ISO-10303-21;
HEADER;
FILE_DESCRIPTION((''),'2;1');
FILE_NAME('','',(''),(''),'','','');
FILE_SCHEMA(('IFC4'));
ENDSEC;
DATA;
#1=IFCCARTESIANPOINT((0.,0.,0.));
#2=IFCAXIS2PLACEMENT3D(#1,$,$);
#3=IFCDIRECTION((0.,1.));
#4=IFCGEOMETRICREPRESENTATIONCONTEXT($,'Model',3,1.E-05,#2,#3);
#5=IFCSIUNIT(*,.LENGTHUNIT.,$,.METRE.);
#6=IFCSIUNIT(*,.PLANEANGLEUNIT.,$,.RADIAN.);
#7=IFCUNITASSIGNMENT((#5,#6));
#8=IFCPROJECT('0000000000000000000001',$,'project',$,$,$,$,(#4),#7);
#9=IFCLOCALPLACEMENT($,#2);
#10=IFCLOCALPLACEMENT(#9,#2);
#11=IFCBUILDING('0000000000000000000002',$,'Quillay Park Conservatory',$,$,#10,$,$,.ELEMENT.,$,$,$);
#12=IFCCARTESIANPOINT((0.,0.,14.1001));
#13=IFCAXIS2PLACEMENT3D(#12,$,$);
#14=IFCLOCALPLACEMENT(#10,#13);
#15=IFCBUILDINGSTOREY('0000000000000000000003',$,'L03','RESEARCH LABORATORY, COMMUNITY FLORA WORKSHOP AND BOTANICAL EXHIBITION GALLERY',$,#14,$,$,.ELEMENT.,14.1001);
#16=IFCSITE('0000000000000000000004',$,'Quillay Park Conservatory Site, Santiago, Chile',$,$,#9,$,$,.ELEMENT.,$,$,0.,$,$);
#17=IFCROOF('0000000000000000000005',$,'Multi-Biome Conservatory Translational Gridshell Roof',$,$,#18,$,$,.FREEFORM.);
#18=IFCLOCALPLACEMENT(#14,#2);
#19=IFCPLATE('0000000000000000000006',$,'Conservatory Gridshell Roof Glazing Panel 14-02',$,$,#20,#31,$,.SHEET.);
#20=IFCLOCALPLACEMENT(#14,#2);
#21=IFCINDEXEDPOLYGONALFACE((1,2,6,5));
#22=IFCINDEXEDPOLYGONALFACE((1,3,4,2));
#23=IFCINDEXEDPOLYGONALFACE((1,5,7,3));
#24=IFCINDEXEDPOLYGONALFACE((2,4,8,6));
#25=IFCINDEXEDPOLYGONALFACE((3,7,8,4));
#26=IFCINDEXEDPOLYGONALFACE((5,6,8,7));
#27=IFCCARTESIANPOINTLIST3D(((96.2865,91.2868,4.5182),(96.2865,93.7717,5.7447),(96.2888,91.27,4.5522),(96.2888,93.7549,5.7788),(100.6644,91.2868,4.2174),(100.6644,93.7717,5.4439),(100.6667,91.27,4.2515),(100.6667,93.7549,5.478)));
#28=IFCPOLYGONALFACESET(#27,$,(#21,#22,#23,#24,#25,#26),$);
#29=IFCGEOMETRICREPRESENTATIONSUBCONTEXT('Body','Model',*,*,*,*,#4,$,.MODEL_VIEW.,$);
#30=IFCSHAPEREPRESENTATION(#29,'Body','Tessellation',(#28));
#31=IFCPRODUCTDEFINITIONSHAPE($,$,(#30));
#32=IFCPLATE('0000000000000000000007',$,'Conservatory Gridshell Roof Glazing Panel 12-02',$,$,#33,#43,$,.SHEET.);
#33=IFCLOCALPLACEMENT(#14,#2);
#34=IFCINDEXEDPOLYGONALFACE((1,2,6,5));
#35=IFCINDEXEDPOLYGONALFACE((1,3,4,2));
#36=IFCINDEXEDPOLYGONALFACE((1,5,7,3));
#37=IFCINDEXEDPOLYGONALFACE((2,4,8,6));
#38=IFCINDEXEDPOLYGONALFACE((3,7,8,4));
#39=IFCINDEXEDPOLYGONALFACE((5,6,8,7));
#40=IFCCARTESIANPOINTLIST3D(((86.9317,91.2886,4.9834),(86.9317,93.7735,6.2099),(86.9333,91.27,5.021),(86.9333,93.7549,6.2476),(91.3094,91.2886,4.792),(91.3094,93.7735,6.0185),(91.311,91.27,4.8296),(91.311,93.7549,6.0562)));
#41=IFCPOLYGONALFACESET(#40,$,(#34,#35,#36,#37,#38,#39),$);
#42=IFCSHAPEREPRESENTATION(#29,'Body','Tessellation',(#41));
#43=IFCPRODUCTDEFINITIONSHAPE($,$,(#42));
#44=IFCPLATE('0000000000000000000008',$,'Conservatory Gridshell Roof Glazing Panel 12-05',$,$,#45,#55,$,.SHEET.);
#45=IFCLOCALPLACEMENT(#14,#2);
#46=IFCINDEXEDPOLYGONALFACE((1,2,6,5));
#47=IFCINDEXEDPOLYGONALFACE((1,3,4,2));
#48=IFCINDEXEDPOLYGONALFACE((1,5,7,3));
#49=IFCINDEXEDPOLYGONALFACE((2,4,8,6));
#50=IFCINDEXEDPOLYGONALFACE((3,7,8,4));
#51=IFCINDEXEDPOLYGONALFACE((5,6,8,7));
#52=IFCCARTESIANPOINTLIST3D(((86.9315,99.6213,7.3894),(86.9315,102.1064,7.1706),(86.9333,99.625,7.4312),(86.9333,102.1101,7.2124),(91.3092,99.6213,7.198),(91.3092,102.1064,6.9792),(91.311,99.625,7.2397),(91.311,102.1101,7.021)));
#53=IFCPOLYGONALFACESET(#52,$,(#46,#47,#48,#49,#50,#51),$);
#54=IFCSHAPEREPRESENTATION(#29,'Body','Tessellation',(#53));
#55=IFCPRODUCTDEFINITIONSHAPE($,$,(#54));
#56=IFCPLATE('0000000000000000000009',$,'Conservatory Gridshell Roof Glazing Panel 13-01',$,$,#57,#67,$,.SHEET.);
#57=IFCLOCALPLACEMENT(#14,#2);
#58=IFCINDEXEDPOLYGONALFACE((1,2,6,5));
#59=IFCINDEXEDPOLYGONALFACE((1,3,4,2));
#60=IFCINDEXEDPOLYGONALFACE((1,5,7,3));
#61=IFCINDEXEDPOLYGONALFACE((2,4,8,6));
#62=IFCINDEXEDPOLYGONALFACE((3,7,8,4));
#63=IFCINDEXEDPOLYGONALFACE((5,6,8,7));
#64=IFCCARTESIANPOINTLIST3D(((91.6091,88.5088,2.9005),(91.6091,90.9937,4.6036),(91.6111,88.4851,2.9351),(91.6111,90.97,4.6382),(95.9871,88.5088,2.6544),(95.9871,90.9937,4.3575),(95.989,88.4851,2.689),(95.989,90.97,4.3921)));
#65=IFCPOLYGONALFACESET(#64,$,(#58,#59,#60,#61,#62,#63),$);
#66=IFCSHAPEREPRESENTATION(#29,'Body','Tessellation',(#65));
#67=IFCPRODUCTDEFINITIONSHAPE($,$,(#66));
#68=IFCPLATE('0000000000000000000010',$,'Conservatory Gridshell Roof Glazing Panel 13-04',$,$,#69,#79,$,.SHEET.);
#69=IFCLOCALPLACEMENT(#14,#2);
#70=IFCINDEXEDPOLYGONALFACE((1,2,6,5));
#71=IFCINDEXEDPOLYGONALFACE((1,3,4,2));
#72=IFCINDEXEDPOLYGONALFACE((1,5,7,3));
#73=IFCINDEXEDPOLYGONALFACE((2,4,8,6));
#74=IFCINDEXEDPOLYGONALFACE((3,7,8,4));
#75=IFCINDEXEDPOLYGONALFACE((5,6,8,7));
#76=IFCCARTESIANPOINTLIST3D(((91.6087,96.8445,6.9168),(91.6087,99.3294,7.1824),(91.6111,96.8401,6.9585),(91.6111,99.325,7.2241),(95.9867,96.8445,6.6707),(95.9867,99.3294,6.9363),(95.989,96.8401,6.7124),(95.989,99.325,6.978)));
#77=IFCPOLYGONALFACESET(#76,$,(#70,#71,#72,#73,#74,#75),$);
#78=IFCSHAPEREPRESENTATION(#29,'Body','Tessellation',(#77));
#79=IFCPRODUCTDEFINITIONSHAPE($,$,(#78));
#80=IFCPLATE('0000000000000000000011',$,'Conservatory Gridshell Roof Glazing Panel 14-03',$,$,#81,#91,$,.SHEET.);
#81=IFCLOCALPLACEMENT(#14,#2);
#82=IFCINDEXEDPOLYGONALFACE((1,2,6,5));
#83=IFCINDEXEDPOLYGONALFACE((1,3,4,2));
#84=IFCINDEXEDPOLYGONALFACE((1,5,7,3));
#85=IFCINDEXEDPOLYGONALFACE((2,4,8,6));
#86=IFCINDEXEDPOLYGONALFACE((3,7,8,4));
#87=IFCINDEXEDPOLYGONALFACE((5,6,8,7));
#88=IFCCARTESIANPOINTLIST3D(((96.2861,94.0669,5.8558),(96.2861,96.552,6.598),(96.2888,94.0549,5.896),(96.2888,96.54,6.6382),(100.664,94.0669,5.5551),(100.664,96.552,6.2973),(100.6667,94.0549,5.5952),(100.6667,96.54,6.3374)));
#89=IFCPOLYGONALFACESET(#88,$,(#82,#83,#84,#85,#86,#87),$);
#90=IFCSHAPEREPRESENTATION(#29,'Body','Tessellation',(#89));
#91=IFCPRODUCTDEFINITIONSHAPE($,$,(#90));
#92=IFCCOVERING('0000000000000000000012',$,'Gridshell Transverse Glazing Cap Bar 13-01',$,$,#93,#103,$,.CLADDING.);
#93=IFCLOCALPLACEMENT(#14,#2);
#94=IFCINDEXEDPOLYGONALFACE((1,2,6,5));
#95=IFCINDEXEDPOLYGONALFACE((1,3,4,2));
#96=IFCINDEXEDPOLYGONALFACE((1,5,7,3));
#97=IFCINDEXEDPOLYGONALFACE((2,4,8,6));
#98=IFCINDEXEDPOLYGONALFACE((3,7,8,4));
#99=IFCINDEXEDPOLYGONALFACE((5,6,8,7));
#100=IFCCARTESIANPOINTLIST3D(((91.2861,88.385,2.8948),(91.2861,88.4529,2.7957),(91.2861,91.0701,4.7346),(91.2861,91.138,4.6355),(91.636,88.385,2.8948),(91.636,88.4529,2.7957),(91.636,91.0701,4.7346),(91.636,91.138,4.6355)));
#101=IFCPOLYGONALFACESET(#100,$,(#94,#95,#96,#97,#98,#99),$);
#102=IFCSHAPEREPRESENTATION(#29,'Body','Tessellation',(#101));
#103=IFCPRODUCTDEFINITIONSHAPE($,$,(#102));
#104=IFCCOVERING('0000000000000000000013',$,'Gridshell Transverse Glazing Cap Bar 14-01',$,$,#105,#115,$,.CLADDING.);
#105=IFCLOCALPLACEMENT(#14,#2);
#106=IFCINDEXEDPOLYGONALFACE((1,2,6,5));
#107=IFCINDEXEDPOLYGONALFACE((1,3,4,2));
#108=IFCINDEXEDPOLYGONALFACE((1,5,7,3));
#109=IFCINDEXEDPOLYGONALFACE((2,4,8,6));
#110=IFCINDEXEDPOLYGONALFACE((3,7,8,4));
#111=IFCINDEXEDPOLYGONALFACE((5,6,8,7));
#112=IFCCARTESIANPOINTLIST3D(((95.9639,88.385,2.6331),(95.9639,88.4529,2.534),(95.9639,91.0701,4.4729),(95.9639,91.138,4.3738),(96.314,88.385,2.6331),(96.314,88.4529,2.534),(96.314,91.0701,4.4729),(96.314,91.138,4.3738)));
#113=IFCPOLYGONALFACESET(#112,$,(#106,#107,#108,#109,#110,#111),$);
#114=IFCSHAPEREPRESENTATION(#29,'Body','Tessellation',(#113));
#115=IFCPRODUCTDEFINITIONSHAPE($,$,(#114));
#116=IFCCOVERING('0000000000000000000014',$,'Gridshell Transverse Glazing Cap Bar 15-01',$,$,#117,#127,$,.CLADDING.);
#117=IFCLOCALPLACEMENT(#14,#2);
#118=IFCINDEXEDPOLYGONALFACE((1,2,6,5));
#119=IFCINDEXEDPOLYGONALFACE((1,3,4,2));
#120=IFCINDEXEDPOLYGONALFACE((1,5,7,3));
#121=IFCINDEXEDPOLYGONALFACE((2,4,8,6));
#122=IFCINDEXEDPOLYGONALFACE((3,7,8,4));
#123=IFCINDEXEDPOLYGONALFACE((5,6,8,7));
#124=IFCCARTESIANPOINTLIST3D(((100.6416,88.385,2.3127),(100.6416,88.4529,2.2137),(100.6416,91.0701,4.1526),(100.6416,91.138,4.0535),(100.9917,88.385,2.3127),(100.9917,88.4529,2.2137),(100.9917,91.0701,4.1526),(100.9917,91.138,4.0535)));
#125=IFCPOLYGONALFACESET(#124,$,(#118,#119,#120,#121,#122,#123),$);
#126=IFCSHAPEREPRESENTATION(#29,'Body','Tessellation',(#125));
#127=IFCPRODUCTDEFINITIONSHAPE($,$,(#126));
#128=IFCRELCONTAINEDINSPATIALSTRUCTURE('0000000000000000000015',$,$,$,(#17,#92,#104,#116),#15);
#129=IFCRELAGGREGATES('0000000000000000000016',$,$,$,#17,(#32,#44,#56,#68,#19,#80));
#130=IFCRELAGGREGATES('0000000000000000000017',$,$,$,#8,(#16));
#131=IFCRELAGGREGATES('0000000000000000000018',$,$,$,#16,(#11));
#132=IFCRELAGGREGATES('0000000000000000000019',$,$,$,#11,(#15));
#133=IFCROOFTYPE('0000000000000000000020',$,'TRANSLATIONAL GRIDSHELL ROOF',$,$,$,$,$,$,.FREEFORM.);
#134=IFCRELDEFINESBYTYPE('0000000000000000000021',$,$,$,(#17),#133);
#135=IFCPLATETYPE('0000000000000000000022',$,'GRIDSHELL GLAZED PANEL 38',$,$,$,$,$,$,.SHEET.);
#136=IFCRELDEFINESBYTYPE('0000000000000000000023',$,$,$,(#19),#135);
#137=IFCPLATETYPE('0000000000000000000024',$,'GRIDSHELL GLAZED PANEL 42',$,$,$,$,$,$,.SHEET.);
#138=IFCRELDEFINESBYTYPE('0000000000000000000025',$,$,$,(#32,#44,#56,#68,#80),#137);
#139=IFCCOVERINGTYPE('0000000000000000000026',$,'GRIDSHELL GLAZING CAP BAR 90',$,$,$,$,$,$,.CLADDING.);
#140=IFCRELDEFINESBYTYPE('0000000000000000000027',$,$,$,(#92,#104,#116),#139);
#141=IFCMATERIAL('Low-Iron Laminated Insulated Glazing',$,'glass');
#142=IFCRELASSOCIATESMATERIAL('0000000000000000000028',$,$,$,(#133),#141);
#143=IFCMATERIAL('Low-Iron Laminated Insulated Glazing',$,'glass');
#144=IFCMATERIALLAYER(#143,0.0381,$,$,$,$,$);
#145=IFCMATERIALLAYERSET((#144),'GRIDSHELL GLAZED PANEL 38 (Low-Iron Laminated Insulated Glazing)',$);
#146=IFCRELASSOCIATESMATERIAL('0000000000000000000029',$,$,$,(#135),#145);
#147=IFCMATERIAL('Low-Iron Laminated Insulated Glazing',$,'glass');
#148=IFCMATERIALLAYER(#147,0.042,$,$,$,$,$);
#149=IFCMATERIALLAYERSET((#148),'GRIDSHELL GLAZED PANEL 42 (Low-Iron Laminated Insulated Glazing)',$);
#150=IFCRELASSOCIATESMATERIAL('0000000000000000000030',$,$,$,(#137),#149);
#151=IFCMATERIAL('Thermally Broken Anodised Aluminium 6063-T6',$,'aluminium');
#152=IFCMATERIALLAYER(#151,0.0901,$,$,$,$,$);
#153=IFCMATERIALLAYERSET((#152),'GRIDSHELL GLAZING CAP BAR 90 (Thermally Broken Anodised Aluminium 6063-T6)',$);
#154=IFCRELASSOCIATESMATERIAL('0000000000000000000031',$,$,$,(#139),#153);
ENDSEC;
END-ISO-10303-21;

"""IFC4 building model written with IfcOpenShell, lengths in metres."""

from ifc_helpers import new_model, si_unit, direction, frame, origin, place, context, subcontext, project, spatial, polyline, outline, extrude, material, layer, layer_set, type_object, element, aggregate, save


model = new_model("IFC4")

# Units and contexts
model_context = context("Model", 3, precision=1e-05, world=origin(), true_north=direction((0.0, 1.0)))
body_context = subcontext(model_context, "Body", "Model", "MODEL_VIEW")
ifc_project = project(units=[si_unit("LENGTHUNIT", "METRE"), si_unit("PLANEANGLEUNIT", "RADIAN")], contexts=[model_context])

# Site, building, storey
site_placement = place(None, origin())
site = spatial("IfcSite", under=ifc_project, at=site_placement, Name="Quillay Park Conservatory Site, Santiago, Chile", CompositionType="ELEMENT", RefElevation=0.0)
building_placement = place(site_placement, origin())
building = spatial("IfcBuilding", under=site, at=building_placement, Name="Quillay Park Conservatory", CompositionType="ELEMENT")
storey_placement = place(building_placement, frame((0.0, 0.0, 14.1001)))
storey = spatial("IfcBuildingStorey", under=building, at=storey_placement, Name="L03", Description="RESEARCH LABORATORY, COMMUNITY FLORA WORKSHOP AND BOTANICAL EXHIBITION GALLERY", CompositionType="ELEMENT", Elevation=14.1001)

# Roof, plates
ifc_material_1 = material(Name="Low-Iron Laminated Insulated Glazing", Category="glass")
roof_type = type_object("IfcRoofType", Name="TRANSLATIONAL GRIDSHELL ROOF", PredefinedType="FREEFORM", material=ifc_material_1)
roof_placement = place(storey_placement, origin())
roof = element("IfcRoof", 1, at=roof_placement, inside=storey, type_object=roof_type, Name="Multi-Biome Conservatory Translational Gridshell Roof", PredefinedType="FREEFORM")
ifc_material_2 = material(Name="Low-Iron Laminated Insulated Glazing", Category="glass")
ifc_layer_1 = layer(ifc_material_2, 0.0381)
ifc_layer_set_1 = layer_set([ifc_layer_1], Name="GRIDSHELL GLAZED PANEL 38 (Low-Iron Laminated Insulated Glazing)")
plate_type_1 = type_object("IfcPlateType", Name="GRIDSHELL GLAZED PANEL 38", PredefinedType="SHEET", material=ifc_layer_set_1)
plate_1_placement = place(storey_placement, frame((96.2888, 91.27, 4.5522), z_axis=(0.061491, -0.441789, 0.895009), x_axis=(0.997648, 0.0, -0.068542)))
plate_1 = element("IfcPlate", 2, at=plate_1_placement, type_object=plate_type_1, Name="Conservatory Gridshell Roof Glazing Panel 14-02", PredefinedType="SHEET", context=body_context, shape_type="SweptSolid", body=[
    extrude(outline(polyline([(0.0, 0.0), (4.3882, 0.0), (4.3042, 2.7698), (-0.0841, 2.7698), (0.0, 0.0)])), origin(), (0.0, 0.0, -1.0), 0.0381),
])
ifc_material_3 = material(Name="Low-Iron Laminated Insulated Glazing", Category="glass")
ifc_layer_2 = layer(ifc_material_3, 0.042)
ifc_layer_set_2 = layer_set([ifc_layer_2], Name="GRIDSHELL GLAZED PANEL 42 (Low-Iron Laminated Insulated Glazing)")
plate_type_2 = type_object("IfcPlateType", Name="GRIDSHELL GLAZED PANEL 42", PredefinedType="SHEET", material=ifc_layer_set_2)
plate_2_placement = place(storey_placement, frame((86.9333, 91.27, 5.021), z_axis=(0.039177, -0.442287, 0.896018), x_axis=(0.999046, 0.0, -0.043681)))
plate_2 = element("IfcPlate", 3, at=plate_2_placement, type_object=plate_type_2, Name="Conservatory Gridshell Roof Glazing Panel 12-02", PredefinedType="SHEET", context=body_context, shape_type="SweptSolid", body=[
    extrude(outline(polyline([(0.0, 0.0), (4.3819, 0.0), (4.3283, 2.7706), (-0.0536, 2.7706), (0.0, 0.0)])), origin(), (0.0, 0.0, -1.0), 0.042),
])
plate_3_placement = place(storey_placement, frame((86.9333, 99.625, 7.4312), z_axis=(0.043513, 0.087602, 0.995205), x_axis=(0.999046, 0.0, -0.043681)))
plate_3 = element("IfcPlate", 4, at=plate_3_placement, type_object=plate_type_2, Name="Conservatory Gridshell Roof Glazing Panel 12-05", PredefinedType="SHEET", context=body_context, shape_type="SweptSolid", body=[
    extrude(outline(polyline([(0.0, 0.0), (4.3819, 0.0), (4.3914, 2.4947), (0.0096, 2.4947), (0.0, 0.0)])), origin(), (0.0, 0.0, -1.0), 0.042),
])
plate_4_placement = place(storey_placement, frame((91.6111, 88.4851, 2.9351), z_axis=(0.046317, -0.564745, 0.823965), x_axis=(0.998424, 0.0, -0.056124)))
plate_4 = element("IfcPlate", 5, at=plate_4_placement, type_object=plate_type_2, Name="Conservatory Gridshell Roof Glazing Panel 13-01", PredefinedType="SHEET", context=body_context, shape_type="SweptSolid", body=[
    extrude(outline(polyline([(0.0, 0.0), (4.3848, 0.0), (4.2893, 3.011), (-0.0956, 3.011), (0.0, 0.0)])), origin(), (0.0, 0.0, -1.0), 0.042),
])
plate_5_placement = place(storey_placement, frame((91.6111, 96.8401, 6.9585), z_axis=(0.055807, -0.106126, 0.992785), x_axis=(0.998424, 0.0, -0.056124)))
plate_5 = element("IfcPlate", 6, at=plate_5_placement, type_object=plate_type_2, Name="Conservatory Gridshell Roof Glazing Panel 13-04", PredefinedType="SHEET", context=body_context, shape_type="SweptSolid", body=[
    extrude(outline(polyline([(0.0, 0.0), (4.3848, 0.0), (4.3699, 2.499), (-0.0149, 2.499), (0.0, 0.0)])), origin(), (0.0, 0.0, -1.0), 0.042),
])
plate_6_placement = place(storey_placement, frame((96.2888, 94.0549, 5.896), z_axis=(0.065689, -0.285546, 0.956111), x_axis=(0.997648, 0.0, -0.068542)))
plate_6 = element("IfcPlate", 7, at=plate_6_placement, type_object=plate_type_2, Name="Conservatory Gridshell Roof Glazing Panel 14-03", PredefinedType="SHEET", context=body_context, shape_type="SweptSolid", body=[
    extrude(outline(polyline([(0.0, 0.0), (4.3882, 0.0), (4.3374, 2.5931), (-0.0509, 2.5931), (0.0, 0.0)])), origin(), (0.0, 0.0, -1.0), 0.042),
])
aggregate(roof, [plate_2, plate_3, plate_4, plate_5, plate_1, plate_6])

# Coverings
ifc_material_4 = material(Name="Thermally Broken Anodised Aluminium 6063-T6", Category="aluminium")
ifc_layer_3 = layer(ifc_material_4, 0.0901)
ifc_layer_set_3 = layer_set([ifc_layer_3], Name="GRIDSHELL GLAZING CAP BAR 90 (Thermally Broken Anodised Aluminium 6063-T6)")
covering_type = type_object("IfcCoveringType", Name="GRIDSHELL GLAZING CAP BAR 90", PredefinedType="CLADDING", material=ifc_layer_set_3)
covering_placement = place(storey_placement, frame((91.2861, 88.385, 2.8948), z_axis=(0.0, -0.565248, 0.824921), x_axis=(1.0, 0.0, 0.0)))
element("IfcCovering", 8, at=covering_placement, inside=storey, type_object=covering_type, Name="Gridshell Transverse Glazing Cap Bar 13-01", PredefinedType="CLADDING", context=body_context, shape_type="SweptSolid", body=[
    extrude(outline(polyline([(0.0, 0.0), (0.3499, 0.0), (0.3499, 3.2549), (0.0, 3.2549), (0.0, 0.0)])), origin(), (0.0, 0.0, -1.0), 0.1201),
])
for number, where, z_axis, x_axis, name in (
    (9, (95.9639, 88.385, 2.6331), (0.0, -0.565248, 0.824921), (1.0, 0.0, 0.0), "Gridshell Transverse Glazing Cap Bar 14-01"),
    (10, (100.6416, 88.385, 2.3127), (0.0, -0.565248, 0.824921), (1.0, 0.0, 0.0), "Gridshell Transverse Glazing Cap Bar 15-01"),
):
    element("IfcCovering", number, at=place(storey_placement, frame(where, z_axis=z_axis, x_axis=x_axis)), inside=storey, type_object=covering_type, Name=name, PredefinedType="CLADDING", context=body_context, shape_type="SweptSolid", body=[
        extrude(outline(polyline([(0.0, 0.0), (0.3501, 0.0), (0.3501, 3.2549), (0.0, 3.2549), (0.0, 0.0)])), origin(), (0.0, 0.0, -1.0), 0.1201),
    ])

save(model, "model.ifc")
